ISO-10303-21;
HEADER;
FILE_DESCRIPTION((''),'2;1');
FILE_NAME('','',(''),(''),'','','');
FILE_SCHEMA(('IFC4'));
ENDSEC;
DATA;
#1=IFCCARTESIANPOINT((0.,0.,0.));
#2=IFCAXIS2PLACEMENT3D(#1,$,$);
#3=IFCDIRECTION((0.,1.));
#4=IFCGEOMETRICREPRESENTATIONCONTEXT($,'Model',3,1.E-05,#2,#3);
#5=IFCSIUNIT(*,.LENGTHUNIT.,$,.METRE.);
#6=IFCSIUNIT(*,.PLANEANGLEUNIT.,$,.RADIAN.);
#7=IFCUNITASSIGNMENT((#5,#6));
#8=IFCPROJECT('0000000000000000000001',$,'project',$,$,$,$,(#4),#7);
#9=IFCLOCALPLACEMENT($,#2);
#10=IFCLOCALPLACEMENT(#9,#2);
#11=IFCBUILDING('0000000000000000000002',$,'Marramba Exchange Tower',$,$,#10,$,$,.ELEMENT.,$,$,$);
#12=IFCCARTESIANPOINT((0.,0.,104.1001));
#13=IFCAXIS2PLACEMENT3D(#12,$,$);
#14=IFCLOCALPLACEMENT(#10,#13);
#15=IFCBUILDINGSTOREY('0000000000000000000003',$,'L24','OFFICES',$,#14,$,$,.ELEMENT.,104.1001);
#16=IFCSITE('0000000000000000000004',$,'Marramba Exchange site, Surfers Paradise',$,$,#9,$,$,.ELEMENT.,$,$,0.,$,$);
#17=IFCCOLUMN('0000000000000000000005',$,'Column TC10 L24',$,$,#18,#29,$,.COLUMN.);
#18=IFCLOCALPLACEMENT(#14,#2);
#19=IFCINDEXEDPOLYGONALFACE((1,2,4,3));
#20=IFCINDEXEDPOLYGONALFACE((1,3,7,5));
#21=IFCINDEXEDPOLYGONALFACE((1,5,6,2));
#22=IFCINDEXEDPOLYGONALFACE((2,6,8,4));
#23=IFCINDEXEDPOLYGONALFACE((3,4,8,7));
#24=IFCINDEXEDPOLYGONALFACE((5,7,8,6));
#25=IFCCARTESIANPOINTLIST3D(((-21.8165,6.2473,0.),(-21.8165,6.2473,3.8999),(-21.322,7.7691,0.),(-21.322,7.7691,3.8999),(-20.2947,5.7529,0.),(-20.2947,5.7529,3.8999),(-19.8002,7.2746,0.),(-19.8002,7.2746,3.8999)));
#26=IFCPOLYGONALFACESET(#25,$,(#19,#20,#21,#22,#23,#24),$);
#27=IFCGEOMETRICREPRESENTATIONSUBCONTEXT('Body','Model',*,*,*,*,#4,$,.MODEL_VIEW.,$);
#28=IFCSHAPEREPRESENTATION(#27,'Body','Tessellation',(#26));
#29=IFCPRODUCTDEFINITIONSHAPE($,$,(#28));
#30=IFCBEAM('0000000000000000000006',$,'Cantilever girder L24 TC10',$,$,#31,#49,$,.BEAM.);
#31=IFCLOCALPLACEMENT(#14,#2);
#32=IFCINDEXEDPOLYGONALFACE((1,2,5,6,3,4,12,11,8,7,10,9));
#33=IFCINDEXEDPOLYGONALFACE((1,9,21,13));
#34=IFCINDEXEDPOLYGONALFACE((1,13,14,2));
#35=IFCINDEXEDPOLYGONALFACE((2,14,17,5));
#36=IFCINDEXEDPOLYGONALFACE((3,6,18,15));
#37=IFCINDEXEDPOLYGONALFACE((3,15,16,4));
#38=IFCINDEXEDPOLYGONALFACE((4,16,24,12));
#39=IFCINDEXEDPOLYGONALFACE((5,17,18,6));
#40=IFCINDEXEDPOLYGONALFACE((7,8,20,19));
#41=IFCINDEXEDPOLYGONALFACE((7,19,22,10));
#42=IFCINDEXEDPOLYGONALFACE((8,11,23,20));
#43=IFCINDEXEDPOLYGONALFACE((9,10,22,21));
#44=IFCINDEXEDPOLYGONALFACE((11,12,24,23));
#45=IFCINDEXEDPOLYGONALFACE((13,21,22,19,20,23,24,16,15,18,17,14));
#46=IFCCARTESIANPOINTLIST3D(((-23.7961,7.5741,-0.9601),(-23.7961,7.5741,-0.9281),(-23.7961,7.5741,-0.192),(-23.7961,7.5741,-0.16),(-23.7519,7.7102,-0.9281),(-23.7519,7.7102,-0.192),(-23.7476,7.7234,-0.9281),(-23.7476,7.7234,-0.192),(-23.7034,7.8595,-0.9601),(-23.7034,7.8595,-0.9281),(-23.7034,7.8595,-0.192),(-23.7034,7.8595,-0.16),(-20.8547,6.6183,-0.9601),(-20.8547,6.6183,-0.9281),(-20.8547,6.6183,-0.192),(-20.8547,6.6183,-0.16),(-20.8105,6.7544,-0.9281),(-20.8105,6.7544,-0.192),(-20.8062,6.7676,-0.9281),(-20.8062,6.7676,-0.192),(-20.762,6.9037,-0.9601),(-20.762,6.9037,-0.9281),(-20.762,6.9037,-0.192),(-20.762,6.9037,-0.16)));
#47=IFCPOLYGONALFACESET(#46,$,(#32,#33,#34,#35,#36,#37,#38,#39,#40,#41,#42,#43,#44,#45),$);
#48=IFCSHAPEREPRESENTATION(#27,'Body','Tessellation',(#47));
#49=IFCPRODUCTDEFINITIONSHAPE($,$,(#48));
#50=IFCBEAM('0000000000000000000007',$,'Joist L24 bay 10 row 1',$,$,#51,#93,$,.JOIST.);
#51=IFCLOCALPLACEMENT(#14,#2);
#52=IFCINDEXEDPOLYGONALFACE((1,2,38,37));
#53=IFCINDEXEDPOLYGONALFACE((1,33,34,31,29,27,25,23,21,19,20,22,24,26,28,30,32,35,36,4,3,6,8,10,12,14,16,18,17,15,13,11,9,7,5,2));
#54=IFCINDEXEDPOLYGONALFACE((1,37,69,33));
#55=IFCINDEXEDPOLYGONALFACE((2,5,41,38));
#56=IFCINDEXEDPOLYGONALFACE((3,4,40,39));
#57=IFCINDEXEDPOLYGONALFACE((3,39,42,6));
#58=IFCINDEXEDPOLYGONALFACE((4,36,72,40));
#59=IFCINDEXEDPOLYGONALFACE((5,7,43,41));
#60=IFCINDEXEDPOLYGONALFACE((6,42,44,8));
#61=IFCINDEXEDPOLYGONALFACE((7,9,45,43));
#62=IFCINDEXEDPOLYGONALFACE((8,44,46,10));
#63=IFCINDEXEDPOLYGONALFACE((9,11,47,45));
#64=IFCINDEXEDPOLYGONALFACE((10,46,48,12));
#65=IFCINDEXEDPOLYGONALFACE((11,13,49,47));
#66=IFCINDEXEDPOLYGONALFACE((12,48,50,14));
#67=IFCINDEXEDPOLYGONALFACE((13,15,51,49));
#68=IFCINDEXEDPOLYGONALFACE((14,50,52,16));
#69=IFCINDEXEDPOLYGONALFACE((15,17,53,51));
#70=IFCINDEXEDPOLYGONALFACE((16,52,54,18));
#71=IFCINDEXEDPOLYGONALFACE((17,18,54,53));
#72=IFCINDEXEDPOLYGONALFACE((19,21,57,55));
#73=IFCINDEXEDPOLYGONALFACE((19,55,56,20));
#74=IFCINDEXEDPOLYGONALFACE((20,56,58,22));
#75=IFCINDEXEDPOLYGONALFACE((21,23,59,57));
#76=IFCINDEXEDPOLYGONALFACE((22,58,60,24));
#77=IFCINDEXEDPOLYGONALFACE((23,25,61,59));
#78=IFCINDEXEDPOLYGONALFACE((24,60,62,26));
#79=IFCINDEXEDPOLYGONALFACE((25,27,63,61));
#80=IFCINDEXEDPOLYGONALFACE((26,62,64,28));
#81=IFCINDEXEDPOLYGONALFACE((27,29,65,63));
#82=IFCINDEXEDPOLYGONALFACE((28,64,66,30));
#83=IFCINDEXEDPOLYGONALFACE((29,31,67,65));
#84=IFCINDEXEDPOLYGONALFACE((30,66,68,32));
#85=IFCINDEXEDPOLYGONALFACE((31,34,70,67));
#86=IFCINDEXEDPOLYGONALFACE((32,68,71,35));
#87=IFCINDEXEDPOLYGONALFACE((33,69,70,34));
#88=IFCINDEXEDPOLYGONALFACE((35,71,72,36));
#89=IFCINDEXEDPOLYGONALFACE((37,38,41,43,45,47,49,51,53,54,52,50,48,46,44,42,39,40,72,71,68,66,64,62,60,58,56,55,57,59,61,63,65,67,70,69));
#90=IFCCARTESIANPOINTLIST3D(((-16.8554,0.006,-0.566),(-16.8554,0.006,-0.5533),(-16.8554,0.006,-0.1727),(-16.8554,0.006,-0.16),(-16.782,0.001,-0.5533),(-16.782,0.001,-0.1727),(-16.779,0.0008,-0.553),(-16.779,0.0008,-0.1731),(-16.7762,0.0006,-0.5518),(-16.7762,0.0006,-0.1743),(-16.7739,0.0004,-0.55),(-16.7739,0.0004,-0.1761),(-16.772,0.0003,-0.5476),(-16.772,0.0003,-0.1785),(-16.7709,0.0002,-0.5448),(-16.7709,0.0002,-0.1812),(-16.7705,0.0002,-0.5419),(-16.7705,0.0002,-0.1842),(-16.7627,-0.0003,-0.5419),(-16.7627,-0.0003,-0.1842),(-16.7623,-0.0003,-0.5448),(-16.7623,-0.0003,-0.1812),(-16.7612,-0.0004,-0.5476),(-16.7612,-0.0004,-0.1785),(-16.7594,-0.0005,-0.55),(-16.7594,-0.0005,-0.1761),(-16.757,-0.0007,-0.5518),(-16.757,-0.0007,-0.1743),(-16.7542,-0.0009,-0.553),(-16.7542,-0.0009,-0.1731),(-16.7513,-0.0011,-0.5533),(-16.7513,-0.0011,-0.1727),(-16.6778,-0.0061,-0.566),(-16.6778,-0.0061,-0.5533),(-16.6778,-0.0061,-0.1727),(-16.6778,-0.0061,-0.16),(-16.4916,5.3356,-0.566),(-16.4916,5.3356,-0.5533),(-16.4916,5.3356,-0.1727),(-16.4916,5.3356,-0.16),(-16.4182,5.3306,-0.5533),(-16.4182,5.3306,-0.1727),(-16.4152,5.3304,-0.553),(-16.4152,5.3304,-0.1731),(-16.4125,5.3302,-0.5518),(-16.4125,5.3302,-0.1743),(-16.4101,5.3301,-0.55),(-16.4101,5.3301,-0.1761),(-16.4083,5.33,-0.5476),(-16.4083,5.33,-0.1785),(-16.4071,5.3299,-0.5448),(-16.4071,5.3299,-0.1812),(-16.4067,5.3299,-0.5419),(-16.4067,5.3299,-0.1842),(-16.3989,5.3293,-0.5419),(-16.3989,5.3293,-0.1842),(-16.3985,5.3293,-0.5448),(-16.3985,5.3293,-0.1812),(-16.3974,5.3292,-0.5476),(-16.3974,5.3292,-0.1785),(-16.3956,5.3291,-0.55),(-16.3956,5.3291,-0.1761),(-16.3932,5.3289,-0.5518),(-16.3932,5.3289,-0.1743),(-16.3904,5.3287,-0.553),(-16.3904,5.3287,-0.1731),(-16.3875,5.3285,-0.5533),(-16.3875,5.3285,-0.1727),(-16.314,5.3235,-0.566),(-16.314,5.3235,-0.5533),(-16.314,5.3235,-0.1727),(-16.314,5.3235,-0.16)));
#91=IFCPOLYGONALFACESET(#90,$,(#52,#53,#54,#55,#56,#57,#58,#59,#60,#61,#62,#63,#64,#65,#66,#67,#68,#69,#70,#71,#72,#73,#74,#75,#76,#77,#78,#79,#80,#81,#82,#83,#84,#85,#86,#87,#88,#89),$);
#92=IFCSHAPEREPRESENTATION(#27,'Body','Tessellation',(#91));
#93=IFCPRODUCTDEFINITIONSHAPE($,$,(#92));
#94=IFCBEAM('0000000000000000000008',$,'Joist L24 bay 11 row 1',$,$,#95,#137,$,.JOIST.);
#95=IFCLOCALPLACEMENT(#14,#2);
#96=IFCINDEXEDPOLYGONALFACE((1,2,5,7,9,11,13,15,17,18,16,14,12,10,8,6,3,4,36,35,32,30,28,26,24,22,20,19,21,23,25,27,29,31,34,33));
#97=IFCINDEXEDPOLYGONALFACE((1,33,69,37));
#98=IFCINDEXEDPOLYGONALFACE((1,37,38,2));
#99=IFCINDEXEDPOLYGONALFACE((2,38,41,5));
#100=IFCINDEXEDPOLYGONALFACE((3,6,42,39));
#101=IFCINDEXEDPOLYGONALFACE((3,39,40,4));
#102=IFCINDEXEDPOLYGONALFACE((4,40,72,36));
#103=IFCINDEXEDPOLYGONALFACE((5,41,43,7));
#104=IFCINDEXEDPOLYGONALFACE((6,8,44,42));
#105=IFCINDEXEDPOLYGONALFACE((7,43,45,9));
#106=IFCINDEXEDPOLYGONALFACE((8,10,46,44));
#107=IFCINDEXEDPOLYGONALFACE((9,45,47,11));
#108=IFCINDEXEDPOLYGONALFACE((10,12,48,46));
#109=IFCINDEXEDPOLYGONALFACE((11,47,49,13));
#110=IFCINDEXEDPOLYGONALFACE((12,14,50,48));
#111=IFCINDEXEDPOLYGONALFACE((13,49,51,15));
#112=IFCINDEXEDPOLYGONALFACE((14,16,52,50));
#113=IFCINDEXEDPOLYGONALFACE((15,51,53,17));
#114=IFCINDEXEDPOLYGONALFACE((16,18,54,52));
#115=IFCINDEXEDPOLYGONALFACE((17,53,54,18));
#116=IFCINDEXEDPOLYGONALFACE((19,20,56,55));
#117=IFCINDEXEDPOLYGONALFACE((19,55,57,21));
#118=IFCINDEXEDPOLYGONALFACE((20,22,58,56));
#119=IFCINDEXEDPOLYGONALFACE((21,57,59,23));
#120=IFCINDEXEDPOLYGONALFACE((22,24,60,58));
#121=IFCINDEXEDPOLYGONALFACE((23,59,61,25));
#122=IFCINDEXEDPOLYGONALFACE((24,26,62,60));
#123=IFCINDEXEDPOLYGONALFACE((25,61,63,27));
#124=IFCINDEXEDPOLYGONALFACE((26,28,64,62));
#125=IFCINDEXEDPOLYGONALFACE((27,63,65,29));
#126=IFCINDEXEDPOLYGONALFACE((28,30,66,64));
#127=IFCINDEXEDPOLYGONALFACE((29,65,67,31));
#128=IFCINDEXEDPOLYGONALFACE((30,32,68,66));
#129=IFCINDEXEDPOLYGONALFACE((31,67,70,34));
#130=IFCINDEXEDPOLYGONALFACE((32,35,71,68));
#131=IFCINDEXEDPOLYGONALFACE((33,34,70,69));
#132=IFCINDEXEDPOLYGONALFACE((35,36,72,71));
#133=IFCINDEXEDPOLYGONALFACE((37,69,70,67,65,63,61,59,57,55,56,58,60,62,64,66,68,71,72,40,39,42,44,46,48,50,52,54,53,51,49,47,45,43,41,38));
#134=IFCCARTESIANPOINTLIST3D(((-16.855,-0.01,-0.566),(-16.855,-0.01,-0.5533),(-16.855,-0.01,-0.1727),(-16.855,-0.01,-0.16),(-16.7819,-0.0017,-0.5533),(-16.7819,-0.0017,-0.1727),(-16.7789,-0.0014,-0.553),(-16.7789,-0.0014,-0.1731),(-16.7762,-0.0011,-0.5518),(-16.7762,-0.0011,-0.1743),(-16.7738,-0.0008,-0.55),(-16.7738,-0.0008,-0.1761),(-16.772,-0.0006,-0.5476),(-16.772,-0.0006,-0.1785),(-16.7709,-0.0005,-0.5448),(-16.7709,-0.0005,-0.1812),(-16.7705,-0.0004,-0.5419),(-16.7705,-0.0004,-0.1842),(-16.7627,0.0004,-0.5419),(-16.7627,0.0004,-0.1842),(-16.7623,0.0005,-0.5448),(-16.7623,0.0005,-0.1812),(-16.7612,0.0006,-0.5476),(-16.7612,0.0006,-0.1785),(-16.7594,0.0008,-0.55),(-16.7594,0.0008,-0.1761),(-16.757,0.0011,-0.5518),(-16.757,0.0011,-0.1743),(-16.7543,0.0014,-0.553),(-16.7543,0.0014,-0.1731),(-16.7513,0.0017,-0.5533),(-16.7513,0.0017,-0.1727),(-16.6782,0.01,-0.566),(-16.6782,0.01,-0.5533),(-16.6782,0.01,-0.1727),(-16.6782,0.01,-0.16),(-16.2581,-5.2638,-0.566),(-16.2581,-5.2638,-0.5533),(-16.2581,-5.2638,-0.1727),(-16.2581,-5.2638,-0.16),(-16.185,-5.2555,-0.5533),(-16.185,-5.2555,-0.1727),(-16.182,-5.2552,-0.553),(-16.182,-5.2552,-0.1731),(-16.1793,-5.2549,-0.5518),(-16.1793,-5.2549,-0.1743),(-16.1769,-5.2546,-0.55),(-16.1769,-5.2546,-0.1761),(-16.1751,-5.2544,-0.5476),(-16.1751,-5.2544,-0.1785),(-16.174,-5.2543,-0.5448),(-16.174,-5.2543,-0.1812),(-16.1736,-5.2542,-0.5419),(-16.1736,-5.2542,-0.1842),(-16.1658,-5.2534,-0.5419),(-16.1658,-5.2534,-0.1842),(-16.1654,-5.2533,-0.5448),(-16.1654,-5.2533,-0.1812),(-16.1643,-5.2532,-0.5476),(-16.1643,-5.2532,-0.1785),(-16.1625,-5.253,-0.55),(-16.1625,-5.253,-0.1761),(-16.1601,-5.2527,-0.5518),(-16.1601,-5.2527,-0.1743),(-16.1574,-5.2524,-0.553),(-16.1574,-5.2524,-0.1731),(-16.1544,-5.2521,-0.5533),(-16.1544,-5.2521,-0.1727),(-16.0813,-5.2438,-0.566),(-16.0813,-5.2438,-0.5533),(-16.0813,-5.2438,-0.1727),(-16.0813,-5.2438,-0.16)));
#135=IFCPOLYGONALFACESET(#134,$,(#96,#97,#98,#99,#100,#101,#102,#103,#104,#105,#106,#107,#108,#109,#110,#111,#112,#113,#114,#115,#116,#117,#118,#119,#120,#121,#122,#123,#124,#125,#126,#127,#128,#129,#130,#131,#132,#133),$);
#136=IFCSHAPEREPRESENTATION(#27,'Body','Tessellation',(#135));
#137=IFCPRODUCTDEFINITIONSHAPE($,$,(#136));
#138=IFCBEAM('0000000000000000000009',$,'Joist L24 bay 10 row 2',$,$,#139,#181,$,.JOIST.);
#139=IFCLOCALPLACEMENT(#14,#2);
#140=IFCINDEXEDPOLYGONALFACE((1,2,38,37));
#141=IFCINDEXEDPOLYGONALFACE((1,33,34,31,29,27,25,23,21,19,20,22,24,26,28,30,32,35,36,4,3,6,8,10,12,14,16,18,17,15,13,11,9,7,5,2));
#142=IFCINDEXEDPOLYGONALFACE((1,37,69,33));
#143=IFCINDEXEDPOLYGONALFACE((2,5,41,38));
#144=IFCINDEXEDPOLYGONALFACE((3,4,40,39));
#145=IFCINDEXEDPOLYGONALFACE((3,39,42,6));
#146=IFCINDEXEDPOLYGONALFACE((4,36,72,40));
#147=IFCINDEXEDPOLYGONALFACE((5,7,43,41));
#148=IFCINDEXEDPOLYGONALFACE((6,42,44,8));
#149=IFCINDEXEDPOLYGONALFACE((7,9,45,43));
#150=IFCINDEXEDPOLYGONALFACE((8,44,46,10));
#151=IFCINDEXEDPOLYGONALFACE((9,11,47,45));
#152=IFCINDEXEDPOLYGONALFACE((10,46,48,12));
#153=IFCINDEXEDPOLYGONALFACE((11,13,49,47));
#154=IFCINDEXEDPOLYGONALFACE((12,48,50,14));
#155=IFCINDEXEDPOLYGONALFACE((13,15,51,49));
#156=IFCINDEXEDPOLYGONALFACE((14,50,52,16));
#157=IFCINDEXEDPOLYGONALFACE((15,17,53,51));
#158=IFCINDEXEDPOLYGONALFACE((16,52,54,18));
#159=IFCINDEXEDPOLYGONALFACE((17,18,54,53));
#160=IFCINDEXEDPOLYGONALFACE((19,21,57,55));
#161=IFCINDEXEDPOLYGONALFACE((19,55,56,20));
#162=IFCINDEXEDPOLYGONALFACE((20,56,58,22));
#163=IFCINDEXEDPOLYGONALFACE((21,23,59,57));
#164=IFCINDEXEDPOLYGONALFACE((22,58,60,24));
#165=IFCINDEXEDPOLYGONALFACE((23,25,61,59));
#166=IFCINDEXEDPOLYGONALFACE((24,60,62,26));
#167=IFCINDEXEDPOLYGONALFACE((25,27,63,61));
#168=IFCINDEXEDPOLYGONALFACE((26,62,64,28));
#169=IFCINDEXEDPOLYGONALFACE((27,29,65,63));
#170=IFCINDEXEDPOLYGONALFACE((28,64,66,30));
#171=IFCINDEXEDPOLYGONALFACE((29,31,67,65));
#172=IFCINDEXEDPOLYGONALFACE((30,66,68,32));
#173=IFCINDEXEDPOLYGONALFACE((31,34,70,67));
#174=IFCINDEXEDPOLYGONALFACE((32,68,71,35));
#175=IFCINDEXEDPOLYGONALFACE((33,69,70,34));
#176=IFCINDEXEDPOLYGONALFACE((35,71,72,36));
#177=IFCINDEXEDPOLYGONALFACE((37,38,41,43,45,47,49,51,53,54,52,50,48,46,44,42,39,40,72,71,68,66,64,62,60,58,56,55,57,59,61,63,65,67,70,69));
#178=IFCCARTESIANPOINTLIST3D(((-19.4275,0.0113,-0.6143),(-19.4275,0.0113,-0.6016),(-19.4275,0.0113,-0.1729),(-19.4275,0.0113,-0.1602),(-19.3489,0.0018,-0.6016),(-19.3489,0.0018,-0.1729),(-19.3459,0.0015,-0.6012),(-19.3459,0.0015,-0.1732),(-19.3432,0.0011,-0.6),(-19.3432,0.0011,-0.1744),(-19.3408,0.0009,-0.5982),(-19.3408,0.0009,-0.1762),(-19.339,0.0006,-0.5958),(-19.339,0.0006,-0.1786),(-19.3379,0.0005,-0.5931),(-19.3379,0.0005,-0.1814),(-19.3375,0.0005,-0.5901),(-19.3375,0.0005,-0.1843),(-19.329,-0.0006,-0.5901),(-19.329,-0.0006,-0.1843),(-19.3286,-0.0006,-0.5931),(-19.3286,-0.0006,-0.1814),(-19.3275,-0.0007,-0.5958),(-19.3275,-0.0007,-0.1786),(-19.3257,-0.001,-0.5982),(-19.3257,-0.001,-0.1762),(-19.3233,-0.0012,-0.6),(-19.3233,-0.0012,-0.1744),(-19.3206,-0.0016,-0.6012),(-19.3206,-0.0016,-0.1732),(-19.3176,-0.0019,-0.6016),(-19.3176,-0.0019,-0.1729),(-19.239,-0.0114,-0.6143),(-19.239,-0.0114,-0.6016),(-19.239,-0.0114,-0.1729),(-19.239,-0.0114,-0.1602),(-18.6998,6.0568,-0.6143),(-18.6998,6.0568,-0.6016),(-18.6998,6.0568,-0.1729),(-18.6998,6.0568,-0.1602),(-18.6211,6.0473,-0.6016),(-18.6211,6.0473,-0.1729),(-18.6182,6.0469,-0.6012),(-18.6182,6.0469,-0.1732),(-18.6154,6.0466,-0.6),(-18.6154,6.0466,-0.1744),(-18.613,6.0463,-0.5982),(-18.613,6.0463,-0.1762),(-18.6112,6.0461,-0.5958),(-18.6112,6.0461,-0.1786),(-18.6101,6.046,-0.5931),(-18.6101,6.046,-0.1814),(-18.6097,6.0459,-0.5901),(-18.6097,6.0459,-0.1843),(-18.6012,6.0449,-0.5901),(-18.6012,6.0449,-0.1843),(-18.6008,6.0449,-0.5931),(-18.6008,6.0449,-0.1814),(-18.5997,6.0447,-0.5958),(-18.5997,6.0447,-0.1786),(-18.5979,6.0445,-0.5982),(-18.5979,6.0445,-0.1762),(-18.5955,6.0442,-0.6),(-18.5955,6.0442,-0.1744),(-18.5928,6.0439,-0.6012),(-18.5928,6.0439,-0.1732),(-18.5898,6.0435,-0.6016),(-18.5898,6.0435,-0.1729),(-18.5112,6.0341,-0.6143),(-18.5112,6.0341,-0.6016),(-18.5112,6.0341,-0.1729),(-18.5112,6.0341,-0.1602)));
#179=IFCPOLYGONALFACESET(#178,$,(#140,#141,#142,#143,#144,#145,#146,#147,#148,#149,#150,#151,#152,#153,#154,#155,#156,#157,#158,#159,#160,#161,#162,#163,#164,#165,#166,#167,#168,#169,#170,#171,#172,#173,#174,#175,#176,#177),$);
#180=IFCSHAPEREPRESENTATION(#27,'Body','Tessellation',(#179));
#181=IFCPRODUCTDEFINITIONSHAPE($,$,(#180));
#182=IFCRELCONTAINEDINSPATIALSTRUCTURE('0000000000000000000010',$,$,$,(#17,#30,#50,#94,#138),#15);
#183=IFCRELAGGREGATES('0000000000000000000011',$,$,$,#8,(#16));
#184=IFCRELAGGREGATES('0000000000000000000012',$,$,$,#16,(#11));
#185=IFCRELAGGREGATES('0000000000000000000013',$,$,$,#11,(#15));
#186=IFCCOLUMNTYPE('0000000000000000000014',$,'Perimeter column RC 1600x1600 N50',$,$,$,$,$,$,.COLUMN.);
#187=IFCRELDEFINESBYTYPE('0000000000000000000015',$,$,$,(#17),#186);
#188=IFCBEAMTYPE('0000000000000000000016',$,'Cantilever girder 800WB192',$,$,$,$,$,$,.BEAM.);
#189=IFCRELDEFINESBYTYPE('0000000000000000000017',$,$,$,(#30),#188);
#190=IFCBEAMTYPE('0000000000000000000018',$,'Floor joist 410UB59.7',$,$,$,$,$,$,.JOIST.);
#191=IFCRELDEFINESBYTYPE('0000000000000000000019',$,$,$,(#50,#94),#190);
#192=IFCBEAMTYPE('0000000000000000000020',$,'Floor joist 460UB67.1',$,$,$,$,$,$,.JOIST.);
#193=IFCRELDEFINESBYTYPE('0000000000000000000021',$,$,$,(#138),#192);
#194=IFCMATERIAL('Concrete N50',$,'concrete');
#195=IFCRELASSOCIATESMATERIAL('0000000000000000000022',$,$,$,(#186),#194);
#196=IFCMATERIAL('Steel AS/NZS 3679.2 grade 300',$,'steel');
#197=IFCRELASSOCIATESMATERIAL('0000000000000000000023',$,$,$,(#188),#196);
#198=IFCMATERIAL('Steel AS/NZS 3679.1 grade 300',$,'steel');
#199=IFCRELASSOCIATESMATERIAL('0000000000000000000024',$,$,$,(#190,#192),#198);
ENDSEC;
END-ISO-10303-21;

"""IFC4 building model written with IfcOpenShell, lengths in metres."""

from ifc_helpers import new_model, si_unit, direction, frame, origin, origin_2d, place, context, subcontext, project, spatial, rectangle, i_section, extrude, material, material_profile, profile_set, type_object, element, save


model = new_model("IFC4")

# Units and contexts
model_context = context("Model", 3, precision=1e-05, world=origin(), true_north=direction((0.0, 1.0)))
body_context = subcontext(model_context, "Body", "Model", "MODEL_VIEW")
ifc_project = project(units=[si_unit("LENGTHUNIT", "METRE"), si_unit("PLANEANGLEUNIT", "RADIAN")], contexts=[model_context])

# Site, building, storey
site_placement = place(None, origin())
site = spatial("IfcSite", under=ifc_project, at=site_placement, Name="Marramba Exchange site, Surfers Paradise", CompositionType="ELEMENT", RefElevation=0.0)
building_placement = place(site_placement, origin())
building = spatial("IfcBuilding", under=site, at=building_placement, Name="Marramba Exchange Tower", CompositionType="ELEMENT")
storey_placement = place(building_placement, frame((0.0, 0.0, 104.1001)))
storey = spatial("IfcBuildingStorey", under=building, at=storey_placement, Name="L24", Description="OFFICES", CompositionType="ELEMENT", Elevation=104.1001)

# Column
ifc_material_1 = material(Name="Concrete N50", Category="concrete")
ifc_material_profile_1 = material_profile(ifc_material_1, rectangle(XDim=1.6001, YDim=1.6001, at=origin_2d()), Name="RC 1600x1600")
ifc_profile_set_1 = profile_set([ifc_material_profile_1], Name="Concrete N50")
column_type = type_object("IfcColumnType", Name="Perimeter column RC 1600x1600 N50", PredefinedType="COLUMN", material=ifc_profile_set_1)
column_placement = place(storey_placement, frame((-20.8083, 6.761, 0.0), z_axis=(0.0, 0.0, 1.0), x_axis=(-0.951057, 0.309017, 0.0)))
element("IfcColumn", 1, at=column_placement, inside=storey, type_object=column_type, Name="Column TC10 L24", PredefinedType="COLUMN", context=body_context, shape_type="SweptSolid", body=[
    extrude(rectangle(XDim=1.6001, YDim=1.6001, at=origin_2d()), origin(), (0.0, 0.0, 1.0), 3.8999),
])

# Beams
ifc_material_2 = material(Name="Steel AS/NZS 3679.2 grade 300", Category="steel")
ifc_material_profile_2 = material_profile(ifc_material_2, i_section(OverallWidth=0.3, OverallDepth=0.8, WebThickness=0.0139, FlangeThickness=0.032, at=origin_2d()), Name="800WB192")
ifc_profile_set_2 = profile_set([ifc_material_profile_2], Name="Steel AS/NZS 3679.2 grade 300")
beam_type_1 = type_object("IfcBeamType", Name="Cantilever girder 800WB192", PredefinedType="BEAM", material=ifc_profile_set_2)
beam_1_placement = place(storey_placement, frame((-20.8083, 6.761, -0.5601), z_axis=(-0.951048, 0.309043, 0.0), x_axis=(-0.309043, -0.951048, 0.0)))
element("IfcBeam", 2, at=beam_1_placement, inside=storey, type_object=beam_type_1, Name="Cantilever girder L24 TC10", PredefinedType="BEAM", context=body_context, shape_type="SweptSolid", body=[
    extrude(i_section(OverallWidth=0.3, OverallDepth=0.8, WebThickness=0.0139, FlangeThickness=0.032, at=origin_2d()), origin(), (0.0, 0.0, 1.0), 3.0928),
])
ifc_material_3 = material(Name="Steel AS/NZS 3679.1 grade 300", Category="steel")
ifc_material_profile_3 = material_profile(ifc_material_3, i_section(OverallWidth=0.178, OverallDepth=0.406, WebThickness=0.0078, FlangeThickness=0.0127, FilletRadius=0.0115, at=origin_2d()), Name="410UB59.7")
ifc_profile_set_3 = profile_set([ifc_material_profile_3], Name="Steel AS/NZS 3679.1 grade 300")
beam_type_2 = type_object("IfcBeamType", Name="Floor joist 410UB59.7", PredefinedType="JOIST", material=ifc_profile_set_3)
beam_2_placement = place(storey_placement, frame((-16.4028, 5.3296, -0.363), z_axis=(-0.068096, -0.997679, 0.0), x_axis=(0.997679, -0.068096, 0.0)))
element("IfcBeam", 3, at=beam_2_placement, inside=storey, type_object=beam_type_2, Name="Joist L24 bay 10 row 1", PredefinedType="JOIST", context=body_context, shape_type="SweptSolid", body=[
    extrude(i_section(OverallWidth=0.178, OverallDepth=0.406, WebThickness=0.0078, FlangeThickness=0.0127, FilletRadius=0.0115, at=origin_2d()), origin(), (0.0, 0.0, 1.0), 5.342),
])
beam_3_placement = place(storey_placement, frame((-16.7666, 0.0, -0.363), z_axis=(0.112889, -0.993608, 0.0), x_axis=(0.993608, 0.112889, 0.0)))
element("IfcBeam", 4, at=beam_3_placement, inside=storey, type_object=beam_type_2, Name="Joist L24 bay 11 row 1", PredefinedType="JOIST", context=body_context, shape_type="SweptSolid", body=[
    extrude(i_section(OverallWidth=0.178, OverallDepth=0.406, WebThickness=0.0078, FlangeThickness=0.0127, FilletRadius=0.0115, at=origin_2d()), origin(), (0.0, 0.0, 1.0), 5.2876),
])
ifc_material_profile_4 = material_profile(ifc_material_3, i_section(OverallWidth=0.1899, OverallDepth=0.4541, WebThickness=0.0085, FlangeThickness=0.0127, FilletRadius=0.0115, at=origin_2d()), Name="460UB67.1")
ifc_profile_set_4 = profile_set([ifc_material_profile_4], Name="Steel AS/NZS 3679.1 grade 300")
beam_type_3 = type_object("IfcBeamType", Name="Floor joist 460UB67.1", PredefinedType="JOIST", material=ifc_profile_set_4)
beam_4_placement = place(storey_placement, frame((-18.6055, 6.0454, -0.3872), z_axis=(-0.119523, -0.992831, 0.0), x_axis=(0.992831, -0.119523, 0.0)))
element("IfcBeam", 5, at=beam_4_placement, inside=storey, type_object=beam_type_3, Name="Joist L24 bay 10 row 2", PredefinedType="JOIST", context=body_context, shape_type="SweptSolid", body=[
    extrude(i_section(OverallWidth=0.1899, OverallDepth=0.4541, WebThickness=0.0085, FlangeThickness=0.0127, FilletRadius=0.0115, at=origin_2d()), origin(), (0.0, 0.0, 1.0), 6.0891),
])

save(model, "model.ifc")
